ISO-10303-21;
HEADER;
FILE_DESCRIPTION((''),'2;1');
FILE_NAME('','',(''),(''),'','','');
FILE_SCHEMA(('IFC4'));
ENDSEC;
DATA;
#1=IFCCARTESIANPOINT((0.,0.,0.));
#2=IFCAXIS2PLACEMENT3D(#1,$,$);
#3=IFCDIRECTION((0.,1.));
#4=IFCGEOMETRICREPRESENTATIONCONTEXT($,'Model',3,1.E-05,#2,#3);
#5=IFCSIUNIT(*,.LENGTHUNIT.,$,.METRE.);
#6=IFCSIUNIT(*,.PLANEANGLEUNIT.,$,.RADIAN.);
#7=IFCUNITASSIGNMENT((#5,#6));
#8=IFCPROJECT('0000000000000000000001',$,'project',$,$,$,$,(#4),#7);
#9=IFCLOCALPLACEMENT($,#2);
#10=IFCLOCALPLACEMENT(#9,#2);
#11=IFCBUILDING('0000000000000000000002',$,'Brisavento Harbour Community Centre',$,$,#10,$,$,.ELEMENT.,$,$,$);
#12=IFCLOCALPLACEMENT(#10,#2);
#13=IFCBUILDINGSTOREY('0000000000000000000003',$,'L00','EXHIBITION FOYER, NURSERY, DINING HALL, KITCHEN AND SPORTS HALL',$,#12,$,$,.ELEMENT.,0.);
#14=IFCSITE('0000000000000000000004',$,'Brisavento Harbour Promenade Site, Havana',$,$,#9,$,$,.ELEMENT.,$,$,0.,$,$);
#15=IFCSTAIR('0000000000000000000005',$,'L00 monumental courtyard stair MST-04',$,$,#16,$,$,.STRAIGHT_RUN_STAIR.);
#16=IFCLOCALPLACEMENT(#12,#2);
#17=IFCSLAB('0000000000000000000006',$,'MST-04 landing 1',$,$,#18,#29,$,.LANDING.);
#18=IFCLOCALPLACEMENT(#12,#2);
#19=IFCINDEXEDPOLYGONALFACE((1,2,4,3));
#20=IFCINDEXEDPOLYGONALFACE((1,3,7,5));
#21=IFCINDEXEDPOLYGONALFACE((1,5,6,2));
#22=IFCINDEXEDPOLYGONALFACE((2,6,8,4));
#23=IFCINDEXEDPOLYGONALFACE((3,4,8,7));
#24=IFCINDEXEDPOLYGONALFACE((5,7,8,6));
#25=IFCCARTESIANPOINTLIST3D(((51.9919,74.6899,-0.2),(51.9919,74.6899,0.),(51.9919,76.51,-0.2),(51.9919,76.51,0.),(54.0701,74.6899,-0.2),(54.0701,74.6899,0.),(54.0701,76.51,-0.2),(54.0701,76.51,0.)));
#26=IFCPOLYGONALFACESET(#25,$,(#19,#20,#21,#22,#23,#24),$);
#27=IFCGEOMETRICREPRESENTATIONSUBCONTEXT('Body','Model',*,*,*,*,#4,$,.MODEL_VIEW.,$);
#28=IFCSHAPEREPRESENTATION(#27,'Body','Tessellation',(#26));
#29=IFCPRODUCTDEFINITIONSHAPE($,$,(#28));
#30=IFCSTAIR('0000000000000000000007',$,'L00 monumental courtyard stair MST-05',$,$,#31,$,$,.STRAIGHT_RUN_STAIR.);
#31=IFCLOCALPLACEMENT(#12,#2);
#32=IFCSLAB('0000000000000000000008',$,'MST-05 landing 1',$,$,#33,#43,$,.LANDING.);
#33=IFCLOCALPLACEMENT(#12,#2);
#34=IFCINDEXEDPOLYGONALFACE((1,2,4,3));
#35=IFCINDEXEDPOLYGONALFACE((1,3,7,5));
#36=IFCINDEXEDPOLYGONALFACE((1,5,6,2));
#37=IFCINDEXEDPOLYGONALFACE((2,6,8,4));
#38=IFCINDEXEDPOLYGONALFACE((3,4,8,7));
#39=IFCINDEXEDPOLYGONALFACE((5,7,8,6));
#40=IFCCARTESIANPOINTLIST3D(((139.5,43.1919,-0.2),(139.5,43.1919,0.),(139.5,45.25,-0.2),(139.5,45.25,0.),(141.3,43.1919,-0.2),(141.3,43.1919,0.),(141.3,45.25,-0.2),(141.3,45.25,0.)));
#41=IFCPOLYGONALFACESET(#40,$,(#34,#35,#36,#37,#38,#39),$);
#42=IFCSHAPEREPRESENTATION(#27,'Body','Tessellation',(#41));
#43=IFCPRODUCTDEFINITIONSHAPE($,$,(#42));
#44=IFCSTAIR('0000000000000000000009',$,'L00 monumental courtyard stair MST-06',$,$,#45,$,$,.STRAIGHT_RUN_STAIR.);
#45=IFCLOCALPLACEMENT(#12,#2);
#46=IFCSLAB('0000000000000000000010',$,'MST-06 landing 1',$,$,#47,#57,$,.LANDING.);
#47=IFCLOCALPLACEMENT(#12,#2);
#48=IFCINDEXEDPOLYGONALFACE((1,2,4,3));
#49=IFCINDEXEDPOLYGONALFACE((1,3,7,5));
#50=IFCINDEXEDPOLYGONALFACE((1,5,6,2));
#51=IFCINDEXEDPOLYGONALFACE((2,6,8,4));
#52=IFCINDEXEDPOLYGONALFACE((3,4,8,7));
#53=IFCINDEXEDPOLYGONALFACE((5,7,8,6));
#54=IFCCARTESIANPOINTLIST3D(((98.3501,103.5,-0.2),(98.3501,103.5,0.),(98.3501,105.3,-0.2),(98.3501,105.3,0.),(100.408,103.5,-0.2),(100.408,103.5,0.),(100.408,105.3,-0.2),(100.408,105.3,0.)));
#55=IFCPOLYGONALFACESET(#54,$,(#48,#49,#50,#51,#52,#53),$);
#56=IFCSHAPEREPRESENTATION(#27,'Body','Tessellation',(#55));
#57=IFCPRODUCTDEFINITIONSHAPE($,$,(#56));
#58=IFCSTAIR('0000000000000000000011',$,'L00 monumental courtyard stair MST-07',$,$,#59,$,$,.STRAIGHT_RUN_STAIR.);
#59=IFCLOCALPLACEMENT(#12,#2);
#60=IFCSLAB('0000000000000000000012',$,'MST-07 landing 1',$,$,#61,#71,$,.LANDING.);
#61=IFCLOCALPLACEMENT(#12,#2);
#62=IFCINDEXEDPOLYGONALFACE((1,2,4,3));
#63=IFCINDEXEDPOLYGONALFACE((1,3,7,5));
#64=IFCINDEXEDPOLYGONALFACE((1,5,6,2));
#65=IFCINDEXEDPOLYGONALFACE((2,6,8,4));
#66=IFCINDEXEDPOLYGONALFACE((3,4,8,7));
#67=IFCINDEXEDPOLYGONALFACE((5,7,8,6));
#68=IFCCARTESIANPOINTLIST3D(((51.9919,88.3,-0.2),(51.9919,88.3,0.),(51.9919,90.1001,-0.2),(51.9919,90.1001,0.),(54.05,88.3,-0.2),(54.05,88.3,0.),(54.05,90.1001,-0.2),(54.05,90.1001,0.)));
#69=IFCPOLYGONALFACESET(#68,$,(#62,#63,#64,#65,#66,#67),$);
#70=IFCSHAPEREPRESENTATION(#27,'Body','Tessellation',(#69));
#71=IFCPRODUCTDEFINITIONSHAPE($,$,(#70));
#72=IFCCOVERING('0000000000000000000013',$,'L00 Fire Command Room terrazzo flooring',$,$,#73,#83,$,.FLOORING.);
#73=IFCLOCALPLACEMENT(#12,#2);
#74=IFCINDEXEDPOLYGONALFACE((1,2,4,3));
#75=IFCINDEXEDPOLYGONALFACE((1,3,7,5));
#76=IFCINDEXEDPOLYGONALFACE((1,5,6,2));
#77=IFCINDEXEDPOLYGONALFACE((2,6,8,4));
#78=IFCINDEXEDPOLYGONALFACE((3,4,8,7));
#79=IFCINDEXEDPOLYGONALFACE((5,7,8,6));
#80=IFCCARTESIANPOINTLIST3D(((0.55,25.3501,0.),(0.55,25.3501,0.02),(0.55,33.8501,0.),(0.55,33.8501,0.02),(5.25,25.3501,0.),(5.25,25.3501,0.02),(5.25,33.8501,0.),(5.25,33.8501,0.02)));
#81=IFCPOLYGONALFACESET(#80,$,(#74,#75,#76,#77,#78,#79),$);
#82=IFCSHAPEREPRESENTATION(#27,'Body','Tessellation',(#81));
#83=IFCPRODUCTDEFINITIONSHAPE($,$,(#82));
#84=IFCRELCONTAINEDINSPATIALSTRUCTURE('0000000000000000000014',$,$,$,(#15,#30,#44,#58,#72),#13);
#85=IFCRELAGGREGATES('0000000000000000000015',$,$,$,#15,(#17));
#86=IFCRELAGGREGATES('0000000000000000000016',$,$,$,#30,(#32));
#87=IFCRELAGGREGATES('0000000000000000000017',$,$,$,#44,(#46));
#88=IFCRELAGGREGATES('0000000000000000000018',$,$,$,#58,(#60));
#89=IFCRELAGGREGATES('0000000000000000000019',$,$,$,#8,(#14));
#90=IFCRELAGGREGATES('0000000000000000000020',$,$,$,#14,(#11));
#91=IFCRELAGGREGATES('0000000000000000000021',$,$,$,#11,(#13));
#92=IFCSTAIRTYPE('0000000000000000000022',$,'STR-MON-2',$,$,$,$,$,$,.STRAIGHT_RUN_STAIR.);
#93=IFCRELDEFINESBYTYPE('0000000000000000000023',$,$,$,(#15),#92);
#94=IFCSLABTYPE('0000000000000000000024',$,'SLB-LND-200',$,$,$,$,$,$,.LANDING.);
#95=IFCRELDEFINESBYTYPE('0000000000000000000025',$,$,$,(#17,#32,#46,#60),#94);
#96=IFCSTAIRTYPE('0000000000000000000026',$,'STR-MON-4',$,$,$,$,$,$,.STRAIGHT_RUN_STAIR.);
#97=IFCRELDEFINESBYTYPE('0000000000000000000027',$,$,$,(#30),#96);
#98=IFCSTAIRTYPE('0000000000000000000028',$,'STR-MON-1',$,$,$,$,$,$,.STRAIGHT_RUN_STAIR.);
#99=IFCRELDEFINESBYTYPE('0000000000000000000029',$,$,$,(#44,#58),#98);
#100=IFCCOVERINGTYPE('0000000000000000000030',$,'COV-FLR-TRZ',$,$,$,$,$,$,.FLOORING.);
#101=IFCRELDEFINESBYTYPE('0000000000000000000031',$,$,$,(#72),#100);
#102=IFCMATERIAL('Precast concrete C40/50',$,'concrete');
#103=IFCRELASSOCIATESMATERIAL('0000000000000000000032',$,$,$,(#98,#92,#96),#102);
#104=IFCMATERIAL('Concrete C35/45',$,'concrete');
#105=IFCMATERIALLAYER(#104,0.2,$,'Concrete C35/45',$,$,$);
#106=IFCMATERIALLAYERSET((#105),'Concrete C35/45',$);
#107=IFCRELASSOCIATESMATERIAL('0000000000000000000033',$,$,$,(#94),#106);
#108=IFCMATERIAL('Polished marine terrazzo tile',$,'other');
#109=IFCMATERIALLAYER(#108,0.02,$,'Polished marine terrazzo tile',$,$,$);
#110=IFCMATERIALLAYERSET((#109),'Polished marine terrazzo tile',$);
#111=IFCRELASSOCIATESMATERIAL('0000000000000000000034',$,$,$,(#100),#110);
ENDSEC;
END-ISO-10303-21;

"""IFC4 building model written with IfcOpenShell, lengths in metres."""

from ifc_helpers import new_model, si_unit, direction, frame, origin, place, context, subcontext, project, spatial, polyline, outline, extrude, material, layer, layer_set, type_object, element, aggregate, save


model = new_model("IFC4")

# Units and contexts
model_context = context("Model", 3, precision=1e-05, world=origin(), true_north=direction((0.0, 1.0)))
body_context = subcontext(model_context, "Body", "Model", "MODEL_VIEW")
ifc_project = project(units=[si_unit("LENGTHUNIT", "METRE"), si_unit("PLANEANGLEUNIT", "RADIAN")], contexts=[model_context])

# Site, building, storey
site_placement = place(None, origin())
site = spatial("IfcSite", under=ifc_project, at=site_placement, Name="Brisavento Harbour Promenade Site, Havana", CompositionType="ELEMENT", RefElevation=0.0)
building_placement = place(site_placement, origin())
building = spatial("IfcBuilding", under=site, at=building_placement, Name="Brisavento Harbour Community Centre", CompositionType="ELEMENT")
storey_placement = place(building_placement, origin())
storey = spatial("IfcBuildingStorey", under=building, at=storey_placement, Name="L00", Description="EXHIBITION FOYER, NURSERY, DINING HALL, KITCHEN AND SPORTS HALL", CompositionType="ELEMENT", Elevation=0.0)

# Shared definitions
ifc_material_1 = material(Name="Concrete C35/45", Category="concrete")

# Stairs, slabs
ifc_material_2 = material(Name="Precast concrete C40/50", Category="concrete")
stair_type_1 = type_object("IfcStairType", Name="STR-MON-1", PredefinedType="STRAIGHT_RUN_STAIR", material=ifc_material_2)
ifc_layer_1 = layer(ifc_material_1, 0.2, Name="Concrete C35/45")
ifc_layer_set_1 = layer_set([ifc_layer_1], Name="Concrete C35/45")
slab_type_1 = type_object("IfcSlabType", Name="SLB-LND-200", PredefinedType="LANDING", material=ifc_layer_set_1)
stair_type_2 = type_object("IfcStairType", Name="STR-MON-2", PredefinedType="STRAIGHT_RUN_STAIR", material=ifc_material_2)
stair_1_placement = place(storey_placement, origin())
stair_1 = element("IfcStair", 1, at=stair_1_placement, inside=storey, type_object=stair_type_2, Name="L00 monumental courtyard stair MST-04", PredefinedType="STRAIGHT_RUN_STAIR")
slab_1_placement = place(storey_placement, frame((0.0, 0.0, -0.2)))
slab_1 = element("IfcSlab", 2, at=slab_1_placement, type_object=slab_type_1, Name="MST-04 landing 1", PredefinedType="LANDING", context=body_context, shape_type="SweptSolid", body=[
    extrude(outline(polyline([(54.0701, 76.51), (51.9919, 76.51), (51.9919, 74.6899), (54.0701, 74.6899), (54.0701, 76.51)])), origin(), (0.0, 0.0, 1.0), 0.2),
])
aggregate(stair_1, [slab_1])
stair_type_3 = type_object("IfcStairType", Name="STR-MON-4", PredefinedType="STRAIGHT_RUN_STAIR", material=ifc_material_2)
stair_2_placement = place(storey_placement, origin())
stair_2 = element("IfcStair", 3, at=stair_2_placement, inside=storey, type_object=stair_type_3, Name="L00 monumental courtyard stair MST-05", PredefinedType="STRAIGHT_RUN_STAIR")
slab_2_placement = place(storey_placement, frame((0.0, 0.0, -0.2)))
slab_2 = element("IfcSlab", 4, at=slab_2_placement, type_object=slab_type_1, Name="MST-05 landing 1", PredefinedType="LANDING", context=body_context, shape_type="SweptSolid", body=[
    extrude(outline(polyline([(139.5, 45.25), (139.5, 43.1919), (141.3, 43.1919), (141.3, 45.25), (139.5, 45.25)])), origin(), (0.0, 0.0, 1.0), 0.2),
])
aggregate(stair_2, [slab_2])
stair_3_placement = place(storey_placement, origin())
stair_3 = element("IfcStair", 5, at=stair_3_placement, inside=storey, type_object=stair_type_1, Name="L00 monumental courtyard stair MST-06", PredefinedType="STRAIGHT_RUN_STAIR")
slab_3_placement = place(storey_placement, frame((0.0, 0.0, -0.2)))
slab_3 = element("IfcSlab", 6, at=slab_3_placement, type_object=slab_type_1, Name="MST-06 landing 1", PredefinedType="LANDING", context=body_context, shape_type="SweptSolid", body=[
    extrude(outline(polyline([(98.3501, 103.5), (100.408, 103.5), (100.408, 105.3), (98.3501, 105.3), (98.3501, 103.5)])), origin(), (0.0, 0.0, 1.0), 0.2),
])
aggregate(stair_3, [slab_3])
stair_4_placement = place(storey_placement, origin())
stair_4 = element("IfcStair", 7, at=stair_4_placement, inside=storey, type_object=stair_type_1, Name="L00 monumental courtyard stair MST-07", PredefinedType="STRAIGHT_RUN_STAIR")
slab_4_placement = place(storey_placement, frame((0.0, 0.0, -0.2)))
slab_4 = element("IfcSlab", 8, at=slab_4_placement, type_object=slab_type_1, Name="MST-07 landing 1", PredefinedType="LANDING", context=body_context, shape_type="SweptSolid", body=[
    extrude(outline(polyline([(54.05, 90.1001), (51.9919, 90.1001), (51.9919, 88.3), (54.05, 88.3), (54.05, 90.1001)])), origin(), (0.0, 0.0, 1.0), 0.2),
])
aggregate(stair_4, [slab_4])

# Covering
ifc_material_3 = material(Name="Polished marine terrazzo tile", Category="other")
ifc_layer_2 = layer(ifc_material_3, 0.02, Name="Polished marine terrazzo tile")
ifc_layer_set_2 = layer_set([ifc_layer_2], Name="Polished marine terrazzo tile")
covering_type = type_object("IfcCoveringType", Name="COV-FLR-TRZ", PredefinedType="FLOORING", material=ifc_layer_set_2)
covering_placement = place(storey_placement, origin())
element("IfcCovering", 9, at=covering_placement, inside=storey, type_object=covering_type, Name="L00 Fire Command Room terrazzo flooring", PredefinedType="FLOORING", context=body_context, shape_type="SweptSolid", body=[
    extrude(outline(polyline([(5.25, 25.3501), (5.25, 33.8501), (0.55, 33.8501), (0.55, 25.3501), (5.25, 25.3501)])), origin(), (0.0, 0.0, 1.0), 0.02),
])

save(model, "model.ifc")
